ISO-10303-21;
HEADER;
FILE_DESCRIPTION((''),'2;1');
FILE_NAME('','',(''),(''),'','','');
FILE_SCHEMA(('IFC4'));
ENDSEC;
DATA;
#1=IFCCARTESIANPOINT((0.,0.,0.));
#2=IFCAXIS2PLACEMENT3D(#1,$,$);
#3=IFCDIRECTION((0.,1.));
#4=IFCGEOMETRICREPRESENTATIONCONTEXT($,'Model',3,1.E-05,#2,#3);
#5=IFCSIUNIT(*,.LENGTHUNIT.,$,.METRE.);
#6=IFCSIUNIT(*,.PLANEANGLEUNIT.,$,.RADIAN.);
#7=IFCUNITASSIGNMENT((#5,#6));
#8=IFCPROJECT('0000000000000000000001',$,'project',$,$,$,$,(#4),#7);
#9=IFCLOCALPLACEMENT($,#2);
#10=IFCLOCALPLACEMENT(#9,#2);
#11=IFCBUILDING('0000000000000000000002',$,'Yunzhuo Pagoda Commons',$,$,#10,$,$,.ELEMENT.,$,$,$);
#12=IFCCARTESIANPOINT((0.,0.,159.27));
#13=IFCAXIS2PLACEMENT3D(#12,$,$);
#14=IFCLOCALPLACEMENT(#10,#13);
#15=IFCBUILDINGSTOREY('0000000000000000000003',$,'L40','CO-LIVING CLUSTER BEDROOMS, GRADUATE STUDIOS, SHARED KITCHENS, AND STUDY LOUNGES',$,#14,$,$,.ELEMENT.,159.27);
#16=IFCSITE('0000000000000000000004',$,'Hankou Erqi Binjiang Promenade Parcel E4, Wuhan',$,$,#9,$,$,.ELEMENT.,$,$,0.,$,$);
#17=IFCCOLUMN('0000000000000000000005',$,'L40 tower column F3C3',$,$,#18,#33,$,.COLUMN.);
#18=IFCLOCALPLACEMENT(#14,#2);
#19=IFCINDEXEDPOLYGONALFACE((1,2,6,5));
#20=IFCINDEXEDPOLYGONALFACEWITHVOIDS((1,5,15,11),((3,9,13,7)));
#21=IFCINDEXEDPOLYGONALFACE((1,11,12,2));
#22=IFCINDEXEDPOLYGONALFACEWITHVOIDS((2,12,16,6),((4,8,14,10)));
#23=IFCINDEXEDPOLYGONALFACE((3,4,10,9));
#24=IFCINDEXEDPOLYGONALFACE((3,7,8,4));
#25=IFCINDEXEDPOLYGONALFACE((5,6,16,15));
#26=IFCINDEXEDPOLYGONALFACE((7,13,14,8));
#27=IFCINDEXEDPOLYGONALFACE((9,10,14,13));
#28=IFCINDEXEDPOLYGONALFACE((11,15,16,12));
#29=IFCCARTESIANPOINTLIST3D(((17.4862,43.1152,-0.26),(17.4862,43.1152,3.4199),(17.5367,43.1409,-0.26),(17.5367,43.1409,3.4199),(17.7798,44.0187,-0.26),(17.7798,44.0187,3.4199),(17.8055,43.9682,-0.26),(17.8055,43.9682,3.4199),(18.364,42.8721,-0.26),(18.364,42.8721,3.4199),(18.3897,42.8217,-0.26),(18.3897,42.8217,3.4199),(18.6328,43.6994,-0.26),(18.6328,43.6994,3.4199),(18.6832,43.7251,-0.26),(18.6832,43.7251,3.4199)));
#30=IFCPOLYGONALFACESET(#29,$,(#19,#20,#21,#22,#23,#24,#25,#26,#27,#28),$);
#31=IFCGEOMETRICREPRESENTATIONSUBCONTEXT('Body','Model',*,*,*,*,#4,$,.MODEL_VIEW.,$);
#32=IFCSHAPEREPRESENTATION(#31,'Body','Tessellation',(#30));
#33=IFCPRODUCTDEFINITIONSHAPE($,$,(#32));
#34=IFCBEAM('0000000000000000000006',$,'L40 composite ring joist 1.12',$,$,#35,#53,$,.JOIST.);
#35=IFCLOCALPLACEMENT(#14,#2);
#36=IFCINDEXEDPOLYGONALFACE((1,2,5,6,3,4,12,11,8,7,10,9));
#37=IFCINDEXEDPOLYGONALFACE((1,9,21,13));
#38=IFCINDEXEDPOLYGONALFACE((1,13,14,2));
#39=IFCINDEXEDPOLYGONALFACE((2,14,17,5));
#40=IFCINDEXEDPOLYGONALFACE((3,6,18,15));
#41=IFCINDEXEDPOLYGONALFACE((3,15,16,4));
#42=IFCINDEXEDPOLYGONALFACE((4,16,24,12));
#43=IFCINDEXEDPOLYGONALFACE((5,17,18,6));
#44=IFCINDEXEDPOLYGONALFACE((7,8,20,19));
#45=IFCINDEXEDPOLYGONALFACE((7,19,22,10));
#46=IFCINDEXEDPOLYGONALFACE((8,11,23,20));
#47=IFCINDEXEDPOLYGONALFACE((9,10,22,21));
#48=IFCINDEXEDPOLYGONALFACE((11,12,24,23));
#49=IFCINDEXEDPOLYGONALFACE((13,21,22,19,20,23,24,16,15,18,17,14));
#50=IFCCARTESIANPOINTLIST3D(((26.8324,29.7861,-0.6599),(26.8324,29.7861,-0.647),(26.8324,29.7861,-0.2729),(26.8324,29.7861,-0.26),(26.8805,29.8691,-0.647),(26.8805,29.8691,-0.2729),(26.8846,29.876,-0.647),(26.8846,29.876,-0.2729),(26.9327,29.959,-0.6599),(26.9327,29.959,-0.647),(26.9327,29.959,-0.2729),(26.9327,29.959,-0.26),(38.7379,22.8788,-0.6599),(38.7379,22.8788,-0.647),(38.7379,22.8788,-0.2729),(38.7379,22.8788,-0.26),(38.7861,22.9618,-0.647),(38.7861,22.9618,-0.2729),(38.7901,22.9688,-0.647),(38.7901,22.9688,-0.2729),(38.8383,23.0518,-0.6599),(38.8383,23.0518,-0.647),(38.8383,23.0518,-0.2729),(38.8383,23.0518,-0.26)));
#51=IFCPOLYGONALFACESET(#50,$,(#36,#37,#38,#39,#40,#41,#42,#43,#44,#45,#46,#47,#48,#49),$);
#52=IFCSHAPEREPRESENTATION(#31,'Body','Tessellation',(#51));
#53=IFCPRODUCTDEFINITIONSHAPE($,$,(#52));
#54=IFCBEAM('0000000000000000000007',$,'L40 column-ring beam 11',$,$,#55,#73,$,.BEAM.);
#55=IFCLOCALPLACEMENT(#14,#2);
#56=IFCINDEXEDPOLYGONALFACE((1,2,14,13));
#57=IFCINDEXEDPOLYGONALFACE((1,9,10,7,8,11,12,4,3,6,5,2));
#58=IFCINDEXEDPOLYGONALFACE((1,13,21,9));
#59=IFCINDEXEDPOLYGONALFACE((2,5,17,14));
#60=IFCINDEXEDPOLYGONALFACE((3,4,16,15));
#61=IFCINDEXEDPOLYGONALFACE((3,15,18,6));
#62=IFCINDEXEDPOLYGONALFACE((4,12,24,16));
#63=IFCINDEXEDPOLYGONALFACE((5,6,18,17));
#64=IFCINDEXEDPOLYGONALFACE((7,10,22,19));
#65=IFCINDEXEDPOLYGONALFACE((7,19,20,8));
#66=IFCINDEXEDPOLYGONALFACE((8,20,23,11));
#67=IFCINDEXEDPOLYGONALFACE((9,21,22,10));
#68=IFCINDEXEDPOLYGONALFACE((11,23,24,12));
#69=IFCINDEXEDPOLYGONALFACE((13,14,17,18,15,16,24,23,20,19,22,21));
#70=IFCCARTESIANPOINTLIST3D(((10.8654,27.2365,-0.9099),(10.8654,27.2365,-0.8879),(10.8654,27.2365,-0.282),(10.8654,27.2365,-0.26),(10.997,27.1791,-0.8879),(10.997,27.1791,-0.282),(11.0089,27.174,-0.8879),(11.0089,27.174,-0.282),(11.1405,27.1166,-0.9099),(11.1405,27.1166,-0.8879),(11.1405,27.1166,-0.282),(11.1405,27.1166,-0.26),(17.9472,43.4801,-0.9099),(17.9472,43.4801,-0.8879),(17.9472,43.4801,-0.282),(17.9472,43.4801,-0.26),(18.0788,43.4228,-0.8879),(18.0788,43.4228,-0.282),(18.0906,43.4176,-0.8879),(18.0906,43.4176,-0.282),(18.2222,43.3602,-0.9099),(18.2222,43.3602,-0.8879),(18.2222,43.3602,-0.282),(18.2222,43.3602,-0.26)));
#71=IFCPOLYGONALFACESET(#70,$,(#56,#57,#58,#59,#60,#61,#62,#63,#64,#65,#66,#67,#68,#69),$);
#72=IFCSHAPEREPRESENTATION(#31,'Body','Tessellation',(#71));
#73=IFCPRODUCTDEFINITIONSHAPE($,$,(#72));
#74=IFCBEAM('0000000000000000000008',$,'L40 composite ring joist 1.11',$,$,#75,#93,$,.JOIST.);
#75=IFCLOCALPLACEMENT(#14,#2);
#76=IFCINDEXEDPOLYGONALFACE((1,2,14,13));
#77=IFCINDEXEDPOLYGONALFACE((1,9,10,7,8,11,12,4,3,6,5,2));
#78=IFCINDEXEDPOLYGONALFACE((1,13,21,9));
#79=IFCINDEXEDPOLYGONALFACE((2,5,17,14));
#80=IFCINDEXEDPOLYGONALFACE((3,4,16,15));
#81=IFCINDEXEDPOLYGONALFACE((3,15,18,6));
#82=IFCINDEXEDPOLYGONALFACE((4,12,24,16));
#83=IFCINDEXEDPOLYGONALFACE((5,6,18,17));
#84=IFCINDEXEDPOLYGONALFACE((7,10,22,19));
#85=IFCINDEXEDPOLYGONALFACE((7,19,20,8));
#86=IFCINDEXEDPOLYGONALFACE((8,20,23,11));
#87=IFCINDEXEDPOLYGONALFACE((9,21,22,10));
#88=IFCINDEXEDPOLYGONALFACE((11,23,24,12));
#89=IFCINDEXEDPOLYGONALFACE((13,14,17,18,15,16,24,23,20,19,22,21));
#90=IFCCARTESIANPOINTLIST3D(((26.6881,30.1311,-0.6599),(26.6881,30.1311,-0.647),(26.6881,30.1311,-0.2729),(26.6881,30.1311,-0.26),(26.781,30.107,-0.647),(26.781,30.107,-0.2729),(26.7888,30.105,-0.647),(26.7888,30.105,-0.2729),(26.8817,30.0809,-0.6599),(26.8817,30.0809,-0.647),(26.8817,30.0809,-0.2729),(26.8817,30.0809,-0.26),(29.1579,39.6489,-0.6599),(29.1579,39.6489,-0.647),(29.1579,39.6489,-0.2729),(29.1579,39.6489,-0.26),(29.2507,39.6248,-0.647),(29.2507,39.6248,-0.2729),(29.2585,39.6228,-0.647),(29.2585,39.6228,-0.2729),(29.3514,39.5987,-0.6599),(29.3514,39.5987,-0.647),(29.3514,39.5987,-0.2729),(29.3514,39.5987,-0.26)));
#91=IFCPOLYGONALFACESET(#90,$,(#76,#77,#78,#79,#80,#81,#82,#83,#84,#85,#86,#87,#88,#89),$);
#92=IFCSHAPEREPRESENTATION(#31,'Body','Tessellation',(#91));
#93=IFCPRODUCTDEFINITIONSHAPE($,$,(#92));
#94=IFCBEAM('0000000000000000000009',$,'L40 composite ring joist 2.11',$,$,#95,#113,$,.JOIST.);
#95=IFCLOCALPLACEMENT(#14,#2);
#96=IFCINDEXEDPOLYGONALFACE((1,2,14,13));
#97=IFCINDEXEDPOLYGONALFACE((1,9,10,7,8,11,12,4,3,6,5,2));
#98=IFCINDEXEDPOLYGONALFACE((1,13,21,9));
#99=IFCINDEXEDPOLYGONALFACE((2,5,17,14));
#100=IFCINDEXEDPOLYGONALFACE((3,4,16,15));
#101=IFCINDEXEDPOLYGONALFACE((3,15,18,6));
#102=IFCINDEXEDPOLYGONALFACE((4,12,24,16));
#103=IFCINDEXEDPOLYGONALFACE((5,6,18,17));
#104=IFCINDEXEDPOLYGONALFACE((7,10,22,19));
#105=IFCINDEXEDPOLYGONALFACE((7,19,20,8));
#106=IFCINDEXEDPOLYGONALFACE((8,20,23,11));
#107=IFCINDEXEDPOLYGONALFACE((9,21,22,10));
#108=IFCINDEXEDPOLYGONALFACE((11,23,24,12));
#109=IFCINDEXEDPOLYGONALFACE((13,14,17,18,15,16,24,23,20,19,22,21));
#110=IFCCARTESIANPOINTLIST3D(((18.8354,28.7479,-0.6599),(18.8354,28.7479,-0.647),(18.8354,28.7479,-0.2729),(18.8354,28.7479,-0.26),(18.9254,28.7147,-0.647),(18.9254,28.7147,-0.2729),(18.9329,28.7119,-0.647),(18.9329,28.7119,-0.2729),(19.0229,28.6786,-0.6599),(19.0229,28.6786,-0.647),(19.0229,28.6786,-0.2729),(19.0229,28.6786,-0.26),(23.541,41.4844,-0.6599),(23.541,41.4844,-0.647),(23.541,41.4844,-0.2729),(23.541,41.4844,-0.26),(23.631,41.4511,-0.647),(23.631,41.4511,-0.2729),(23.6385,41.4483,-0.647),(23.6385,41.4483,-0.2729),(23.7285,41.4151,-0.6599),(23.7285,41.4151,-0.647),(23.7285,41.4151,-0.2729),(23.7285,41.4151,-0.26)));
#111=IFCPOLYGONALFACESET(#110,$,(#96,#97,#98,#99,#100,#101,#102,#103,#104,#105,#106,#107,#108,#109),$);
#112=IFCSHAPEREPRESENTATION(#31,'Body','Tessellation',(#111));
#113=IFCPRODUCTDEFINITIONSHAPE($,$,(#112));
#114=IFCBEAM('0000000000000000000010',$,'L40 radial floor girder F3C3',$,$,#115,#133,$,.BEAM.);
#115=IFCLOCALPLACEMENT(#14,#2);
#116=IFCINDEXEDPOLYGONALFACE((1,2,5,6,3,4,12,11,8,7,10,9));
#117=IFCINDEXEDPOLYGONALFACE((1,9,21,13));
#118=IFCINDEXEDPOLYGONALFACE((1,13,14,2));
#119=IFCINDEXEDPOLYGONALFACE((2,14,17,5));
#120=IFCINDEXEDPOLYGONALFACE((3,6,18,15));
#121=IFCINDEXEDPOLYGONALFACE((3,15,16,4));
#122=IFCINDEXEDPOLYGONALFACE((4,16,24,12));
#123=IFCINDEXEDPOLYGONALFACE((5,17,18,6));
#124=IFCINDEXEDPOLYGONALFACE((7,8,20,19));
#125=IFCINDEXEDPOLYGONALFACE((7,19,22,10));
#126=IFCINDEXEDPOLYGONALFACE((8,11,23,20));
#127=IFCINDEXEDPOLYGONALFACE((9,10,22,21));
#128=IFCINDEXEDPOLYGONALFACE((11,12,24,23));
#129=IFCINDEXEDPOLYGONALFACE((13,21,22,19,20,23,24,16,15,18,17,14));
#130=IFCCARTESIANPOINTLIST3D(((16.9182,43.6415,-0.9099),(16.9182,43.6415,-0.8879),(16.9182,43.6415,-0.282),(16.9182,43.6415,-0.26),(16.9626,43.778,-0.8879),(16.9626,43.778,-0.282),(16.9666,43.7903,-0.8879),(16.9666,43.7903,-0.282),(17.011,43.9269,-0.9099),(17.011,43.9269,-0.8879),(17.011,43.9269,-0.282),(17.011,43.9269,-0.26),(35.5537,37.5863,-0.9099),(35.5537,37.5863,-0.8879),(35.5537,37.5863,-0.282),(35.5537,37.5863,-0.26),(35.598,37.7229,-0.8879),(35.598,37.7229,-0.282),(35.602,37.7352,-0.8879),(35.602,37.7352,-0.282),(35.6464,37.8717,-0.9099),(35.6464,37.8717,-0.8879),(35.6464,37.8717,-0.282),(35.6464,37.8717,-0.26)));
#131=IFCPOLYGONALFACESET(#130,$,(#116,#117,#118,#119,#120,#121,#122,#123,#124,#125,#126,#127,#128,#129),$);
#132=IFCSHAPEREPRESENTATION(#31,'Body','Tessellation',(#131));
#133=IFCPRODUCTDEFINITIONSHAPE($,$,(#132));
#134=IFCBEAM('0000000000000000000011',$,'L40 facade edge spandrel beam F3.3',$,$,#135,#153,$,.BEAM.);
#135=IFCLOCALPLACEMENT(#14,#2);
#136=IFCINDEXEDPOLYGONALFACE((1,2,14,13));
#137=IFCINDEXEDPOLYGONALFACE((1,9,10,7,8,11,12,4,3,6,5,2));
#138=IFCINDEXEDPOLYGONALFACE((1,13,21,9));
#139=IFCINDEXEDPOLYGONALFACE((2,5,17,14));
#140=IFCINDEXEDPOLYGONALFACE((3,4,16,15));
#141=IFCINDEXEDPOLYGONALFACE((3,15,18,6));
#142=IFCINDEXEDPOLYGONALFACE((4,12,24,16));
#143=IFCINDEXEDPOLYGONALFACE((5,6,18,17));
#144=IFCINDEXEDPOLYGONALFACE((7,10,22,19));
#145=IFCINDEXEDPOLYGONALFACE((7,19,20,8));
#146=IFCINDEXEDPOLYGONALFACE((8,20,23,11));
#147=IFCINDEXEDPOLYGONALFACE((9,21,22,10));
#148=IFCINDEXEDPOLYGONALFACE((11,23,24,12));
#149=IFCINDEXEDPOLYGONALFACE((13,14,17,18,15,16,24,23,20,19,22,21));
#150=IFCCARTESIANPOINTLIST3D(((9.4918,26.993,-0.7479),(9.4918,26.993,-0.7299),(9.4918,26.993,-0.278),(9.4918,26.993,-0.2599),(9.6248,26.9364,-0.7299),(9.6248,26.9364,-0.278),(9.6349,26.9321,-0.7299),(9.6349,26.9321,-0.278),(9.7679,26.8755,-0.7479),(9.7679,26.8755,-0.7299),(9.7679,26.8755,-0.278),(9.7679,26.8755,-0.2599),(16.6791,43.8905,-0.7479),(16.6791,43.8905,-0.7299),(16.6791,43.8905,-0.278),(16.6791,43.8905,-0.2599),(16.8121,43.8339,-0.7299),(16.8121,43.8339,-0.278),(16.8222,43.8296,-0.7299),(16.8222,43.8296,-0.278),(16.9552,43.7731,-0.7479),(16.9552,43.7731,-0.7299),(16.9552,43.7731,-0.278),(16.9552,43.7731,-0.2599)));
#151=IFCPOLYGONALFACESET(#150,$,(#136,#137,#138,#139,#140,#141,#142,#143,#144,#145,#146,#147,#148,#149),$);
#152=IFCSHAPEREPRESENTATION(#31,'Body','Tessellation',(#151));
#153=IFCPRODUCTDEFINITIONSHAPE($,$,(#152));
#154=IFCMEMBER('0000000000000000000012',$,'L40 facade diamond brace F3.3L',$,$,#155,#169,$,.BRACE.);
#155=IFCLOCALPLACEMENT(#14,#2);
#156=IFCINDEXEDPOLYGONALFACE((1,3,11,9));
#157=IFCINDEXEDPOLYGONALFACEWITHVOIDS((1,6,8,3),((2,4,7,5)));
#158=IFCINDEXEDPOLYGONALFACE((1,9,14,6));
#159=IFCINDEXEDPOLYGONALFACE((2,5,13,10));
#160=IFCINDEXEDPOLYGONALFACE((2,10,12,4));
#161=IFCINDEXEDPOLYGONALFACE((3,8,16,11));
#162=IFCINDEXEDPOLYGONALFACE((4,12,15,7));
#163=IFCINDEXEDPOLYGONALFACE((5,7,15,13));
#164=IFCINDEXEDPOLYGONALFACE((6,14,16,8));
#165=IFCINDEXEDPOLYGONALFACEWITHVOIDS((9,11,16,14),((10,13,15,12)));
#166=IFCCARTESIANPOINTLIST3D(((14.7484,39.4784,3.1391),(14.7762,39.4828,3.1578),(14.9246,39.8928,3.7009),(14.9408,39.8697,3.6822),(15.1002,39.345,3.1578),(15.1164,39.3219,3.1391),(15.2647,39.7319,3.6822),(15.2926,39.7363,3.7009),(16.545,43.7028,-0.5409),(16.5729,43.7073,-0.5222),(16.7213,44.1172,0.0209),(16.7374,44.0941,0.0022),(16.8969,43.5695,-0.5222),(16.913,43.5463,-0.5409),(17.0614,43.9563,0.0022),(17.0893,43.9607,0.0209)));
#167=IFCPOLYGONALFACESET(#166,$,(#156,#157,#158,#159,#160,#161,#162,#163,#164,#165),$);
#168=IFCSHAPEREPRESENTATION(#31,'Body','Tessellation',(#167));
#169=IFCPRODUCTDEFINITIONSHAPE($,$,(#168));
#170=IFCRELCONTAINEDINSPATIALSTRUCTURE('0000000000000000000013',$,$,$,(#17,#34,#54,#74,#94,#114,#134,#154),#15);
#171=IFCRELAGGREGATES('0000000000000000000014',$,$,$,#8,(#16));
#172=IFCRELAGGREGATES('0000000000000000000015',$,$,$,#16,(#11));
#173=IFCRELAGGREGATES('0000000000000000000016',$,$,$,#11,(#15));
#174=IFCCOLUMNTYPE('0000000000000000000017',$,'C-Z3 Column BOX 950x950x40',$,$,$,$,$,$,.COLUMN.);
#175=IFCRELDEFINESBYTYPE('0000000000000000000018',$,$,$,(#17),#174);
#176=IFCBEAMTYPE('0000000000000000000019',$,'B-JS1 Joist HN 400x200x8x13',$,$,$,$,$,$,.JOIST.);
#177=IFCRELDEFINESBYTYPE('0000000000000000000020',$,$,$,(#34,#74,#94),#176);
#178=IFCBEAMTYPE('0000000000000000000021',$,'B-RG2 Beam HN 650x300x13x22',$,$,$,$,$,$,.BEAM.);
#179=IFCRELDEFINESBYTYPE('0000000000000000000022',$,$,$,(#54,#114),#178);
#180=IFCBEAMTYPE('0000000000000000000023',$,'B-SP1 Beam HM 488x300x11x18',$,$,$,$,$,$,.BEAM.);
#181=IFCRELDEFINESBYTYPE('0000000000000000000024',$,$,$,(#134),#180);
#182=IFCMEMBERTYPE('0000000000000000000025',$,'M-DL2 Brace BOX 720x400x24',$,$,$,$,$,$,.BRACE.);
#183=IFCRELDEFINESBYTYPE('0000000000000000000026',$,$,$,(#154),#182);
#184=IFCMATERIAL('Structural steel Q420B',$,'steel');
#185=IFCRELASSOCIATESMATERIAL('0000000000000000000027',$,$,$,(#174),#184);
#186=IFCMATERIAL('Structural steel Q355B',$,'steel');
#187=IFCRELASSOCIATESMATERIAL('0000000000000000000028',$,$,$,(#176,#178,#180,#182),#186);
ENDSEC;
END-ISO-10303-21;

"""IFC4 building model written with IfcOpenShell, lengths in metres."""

from ifc_helpers import new_model, si_unit, direction, frame, origin, origin_2d, place, context, subcontext, project, spatial, hollow_rectangle, i_section, extrude, source, transform, mapped, material, material_profile, profile_set, type_object, element, save


model = new_model("IFC4")

# Units and contexts
model_context = context("Model", 3, precision=1e-05, world=origin(), true_north=direction((0.0, 1.0)))
body_context = subcontext(model_context, "Body", "Model", "MODEL_VIEW")
ifc_project = project(units=[si_unit("LENGTHUNIT", "METRE"), si_unit("PLANEANGLEUNIT", "RADIAN")], contexts=[model_context])

# Site, building, storey
site_placement = place(None, origin())
site = spatial("IfcSite", under=ifc_project, at=site_placement, Name="Hankou Erqi Binjiang Promenade Parcel E4, Wuhan", CompositionType="ELEMENT", RefElevation=0.0)
building_placement = place(site_placement, origin())
building = spatial("IfcBuilding", under=site, at=building_placement, Name="Yunzhuo Pagoda Commons", CompositionType="ELEMENT")
storey_placement = place(building_placement, frame((0.0, 0.0, 159.27)))
storey = spatial("IfcBuildingStorey", under=building, at=storey_placement, Name="L40", Description="CO-LIVING CLUSTER BEDROOMS, GRADUATE STUDIOS, SHARED KITCHENS, AND STUDY LOUNGES", CompositionType="ELEMENT", Elevation=159.27)

# Column
ifc_material_1 = material(Name="Structural steel Q420B", Category="steel")
ifc_material_profile_1 = material_profile(ifc_material_1, hollow_rectangle(XDim=0.95, YDim=0.95, WallThickness=0.04, at=origin_2d()), Name="Structural steel Q420B")
ifc_profile_set_1 = profile_set([ifc_material_profile_1], Name="Structural steel Q420B")
column_type = type_object("IfcColumnType", Name="C-Z3 Column BOX 950x950x40", PredefinedType="COLUMN", material=ifc_profile_set_1)
shared_shape_1 = source(origin(), body_context, "Body", "SweptSolid", [
    extrude(hollow_rectangle(XDim=0.95, YDim=0.95, WallThickness=0.04, at=origin_2d()), origin(), (0.0, 0.0, 1.0), 3.6799),
])
column_placement = place(storey_placement, frame((18.0847, 43.4202, -0.26), z_axis=(0.0, 0.0, 1.0), x_axis=(-0.309017, -0.951057, 0.0)))
element("IfcColumn", 1, at=column_placement, inside=storey, type_object=column_type, Name="L40 tower column F3C3", PredefinedType="COLUMN", context=body_context, shape_type="MappedRepresentation", body=[
    mapped(shared_shape_1, transform((0.0, 0.0, 0.0), scale=1.0)),
])

# Beams
ifc_material_2 = material(Name="Structural steel Q355B", Category="steel")
ifc_material_profile_2 = material_profile(ifc_material_2, i_section(OverallWidth=0.2, OverallDepth=0.3999, WebThickness=0.0081, FlangeThickness=0.0129, at=origin_2d()), Name="Structural steel Q355B")
ifc_profile_set_2 = profile_set([ifc_material_profile_2], Name="Structural steel Q355B")
beam_type_1 = type_object("IfcBeamType", Name="B-JS1 Joist HN 400x200x8x13", PredefinedType="JOIST", material=ifc_profile_set_2)
shared_shape_2 = source(origin(), body_context, "Body", "SweptSolid", [
    extrude(i_section(OverallWidth=0.2, OverallDepth=0.3999, WebThickness=0.0081, FlangeThickness=0.0129, at=origin_2d()), origin(), (0.0, 0.0, 1.0), 13.7642),
])
beam_1_placement = place(storey_placement, frame((26.8826, 29.8726, -0.46), z_axis=(0.864967, -0.501828, 0.0), x_axis=(0.501828, 0.864967, 0.0)))
element("IfcBeam", 2, at=beam_1_placement, inside=storey, type_object=beam_type_1, Name="L40 composite ring joist 1.12", PredefinedType="JOIST", context=body_context, shape_type="MappedRepresentation", body=[
    mapped(shared_shape_2, transform((0.0, 0.0, 0.0), scale=1.0)),
])
ifc_material_profile_3 = material_profile(ifc_material_2, i_section(OverallWidth=0.3, OverallDepth=0.6499, WebThickness=0.0129, FlangeThickness=0.022, at=origin_2d()), Name="Structural steel Q355B")
ifc_profile_set_3 = profile_set([ifc_material_profile_3], Name="Structural steel Q355B")
beam_type_2 = type_object("IfcBeamType", Name="B-RG2 Beam HN 650x300x13x22", PredefinedType="BEAM", material=ifc_profile_set_3)
shared_shape_3 = source(origin(), body_context, "Body", "SweptSolid", [
    extrude(i_section(OverallWidth=0.3, OverallDepth=0.6499, WebThickness=0.0129, FlangeThickness=0.022, at=origin_2d()), origin(), (0.0, 0.0, 1.0), 17.7202),
])
beam_2_placement = place(storey_placement, frame((18.0847, 43.4202, -0.585), z_axis=(-0.399643, -0.916671, 0.0), x_axis=(0.916671, -0.399643, 0.0)))
element("IfcBeam", 3, at=beam_2_placement, inside=storey, type_object=beam_type_2, Name="L40 column-ring beam 11", PredefinedType="BEAM", context=body_context, shape_type="MappedRepresentation", body=[
    mapped(shared_shape_3, transform((0.0, 0.0, 0.0), scale=1.0)),
])
shared_shape_4 = source(origin(), body_context, "Body", "SweptSolid", [
    extrude(i_section(OverallWidth=0.2, OverallDepth=0.3999, WebThickness=0.0081, FlangeThickness=0.0129, at=origin_2d()), origin(), (0.0, 0.0, 1.0), 9.833),
])
beam_3_placement = place(storey_placement, frame((29.2546, 39.6238, -0.46), z_axis=(-0.251166, -0.967944, 0.0), x_axis=(0.967944, -0.251166, 0.0)))
element("IfcBeam", 4, at=beam_3_placement, inside=storey, type_object=beam_type_1, Name="L40 composite ring joist 1.11", PredefinedType="JOIST", context=body_context, shape_type="MappedRepresentation", body=[
    mapped(shared_shape_4, transform((0.0, 0.0, 0.0), scale=1.0)),
])
shared_shape_5 = source(origin(), body_context, "Body", "SweptSolid", [
    extrude(i_section(OverallWidth=0.2, OverallDepth=0.3999, WebThickness=0.0081, FlangeThickness=0.0129, at=origin_2d()), origin(), (0.0, 0.0, 1.0), 13.5779),
])
beam_4_placement = place(storey_placement, frame((23.6348, 41.4497, -0.46), z_axis=(-0.346563, -0.938027, 0.0), x_axis=(0.938027, -0.346563, 0.0)))
element("IfcBeam", 5, at=beam_4_placement, inside=storey, type_object=beam_type_1, Name="L40 composite ring joist 2.11", PredefinedType="JOIST", context=body_context, shape_type="MappedRepresentation", body=[
    mapped(shared_shape_5, transform((0.0, 0.0, 0.0), scale=1.0)),
])
shared_shape_6 = source(origin(), body_context, "Body", "SweptSolid", [
    extrude(i_section(OverallWidth=0.3, OverallDepth=0.6499, WebThickness=0.0129, FlangeThickness=0.022, at=origin_2d()), origin(), (0.0, 0.0, 1.0), 19.5945),
])
beam_5_placement = place(storey_placement, frame((16.9646, 43.7842, -0.585), z_axis=(0.951054, -0.309023, 0.0), x_axis=(0.309023, 0.951054, 0.0)))
element("IfcBeam", 6, at=beam_5_placement, inside=storey, type_object=beam_type_2, Name="L40 radial floor girder F3C3", PredefinedType="BEAM", context=body_context, shape_type="MappedRepresentation", body=[
    mapped(shared_shape_6, transform((0.0, 0.0, 0.0), scale=1.0)),
])
ifc_material_profile_4 = material_profile(ifc_material_2, i_section(OverallWidth=0.3, OverallDepth=0.488, WebThickness=0.011, FlangeThickness=0.0181, at=origin_2d()), Name="Structural steel Q355B")
ifc_profile_set_4 = profile_set([ifc_material_profile_4], Name="Structural steel Q355B")
beam_type_3 = type_object("IfcBeamType", Name="B-SP1 Beam HM 488x300x11x18", PredefinedType="BEAM", material=ifc_profile_set_4)
shared_shape_7 = source(origin(), body_context, "Body", "SweptSolid", [
    extrude(i_section(OverallWidth=0.3, OverallDepth=0.488, WebThickness=0.011, FlangeThickness=0.0181, at=origin_2d()), origin(), (0.0, 0.0, 1.0), 18.3625),
])
beam_6_placement = place(storey_placement, frame((16.8171, 43.8318, -0.5039), z_axis=(-0.39141, -0.920216, 0.0), x_axis=(0.920216, -0.39141, 0.0)))
element("IfcBeam", 7, at=beam_6_placement, inside=storey, type_object=beam_type_3, Name="L40 facade edge spandrel beam F3.3", PredefinedType="BEAM", context=body_context, shape_type="MappedRepresentation", body=[
    mapped(shared_shape_7, transform((0.0, 0.0, 0.0), scale=1.0)),
])

# Member
ifc_material_profile_5 = material_profile(ifc_material_2, hollow_rectangle(XDim=0.3999, YDim=0.72, WallThickness=0.0239, at=origin_2d()), Name="Structural steel Q355B")
ifc_profile_set_5 = profile_set([ifc_material_profile_5], Name="Structural steel Q355B")
member_type_1 = type_object("IfcMemberType", Name="M-DL2 Brace BOX 720x400x24", PredefinedType="BRACE", material=ifc_profile_set_5)
shared_shape_8 = source(origin(), body_context, "Body", "SweptSolid", [
    extrude(hollow_rectangle(XDim=0.3999, YDim=0.72, WallThickness=0.0239, at=origin_2d()), origin(), (0.0, 0.0, 1.0), 5.8835),
])
member_1_placement = place(storey_placement, frame((16.8171, 43.8318, -0.26), z_axis=(-0.30537, -0.718008, 0.625471), x_axis=(0.920231, -0.391376, 0.0)))
element("IfcMember", 8, at=member_1_placement, inside=storey, type_object=member_type_1, Name="L40 facade diamond brace F3.3L", PredefinedType="BRACE", context=body_context, shape_type="MappedRepresentation", body=[
    mapped(shared_shape_8, transform((0.0, 0.0, 0.0), scale=1.0)),
])

save(model, "model.ifc")
